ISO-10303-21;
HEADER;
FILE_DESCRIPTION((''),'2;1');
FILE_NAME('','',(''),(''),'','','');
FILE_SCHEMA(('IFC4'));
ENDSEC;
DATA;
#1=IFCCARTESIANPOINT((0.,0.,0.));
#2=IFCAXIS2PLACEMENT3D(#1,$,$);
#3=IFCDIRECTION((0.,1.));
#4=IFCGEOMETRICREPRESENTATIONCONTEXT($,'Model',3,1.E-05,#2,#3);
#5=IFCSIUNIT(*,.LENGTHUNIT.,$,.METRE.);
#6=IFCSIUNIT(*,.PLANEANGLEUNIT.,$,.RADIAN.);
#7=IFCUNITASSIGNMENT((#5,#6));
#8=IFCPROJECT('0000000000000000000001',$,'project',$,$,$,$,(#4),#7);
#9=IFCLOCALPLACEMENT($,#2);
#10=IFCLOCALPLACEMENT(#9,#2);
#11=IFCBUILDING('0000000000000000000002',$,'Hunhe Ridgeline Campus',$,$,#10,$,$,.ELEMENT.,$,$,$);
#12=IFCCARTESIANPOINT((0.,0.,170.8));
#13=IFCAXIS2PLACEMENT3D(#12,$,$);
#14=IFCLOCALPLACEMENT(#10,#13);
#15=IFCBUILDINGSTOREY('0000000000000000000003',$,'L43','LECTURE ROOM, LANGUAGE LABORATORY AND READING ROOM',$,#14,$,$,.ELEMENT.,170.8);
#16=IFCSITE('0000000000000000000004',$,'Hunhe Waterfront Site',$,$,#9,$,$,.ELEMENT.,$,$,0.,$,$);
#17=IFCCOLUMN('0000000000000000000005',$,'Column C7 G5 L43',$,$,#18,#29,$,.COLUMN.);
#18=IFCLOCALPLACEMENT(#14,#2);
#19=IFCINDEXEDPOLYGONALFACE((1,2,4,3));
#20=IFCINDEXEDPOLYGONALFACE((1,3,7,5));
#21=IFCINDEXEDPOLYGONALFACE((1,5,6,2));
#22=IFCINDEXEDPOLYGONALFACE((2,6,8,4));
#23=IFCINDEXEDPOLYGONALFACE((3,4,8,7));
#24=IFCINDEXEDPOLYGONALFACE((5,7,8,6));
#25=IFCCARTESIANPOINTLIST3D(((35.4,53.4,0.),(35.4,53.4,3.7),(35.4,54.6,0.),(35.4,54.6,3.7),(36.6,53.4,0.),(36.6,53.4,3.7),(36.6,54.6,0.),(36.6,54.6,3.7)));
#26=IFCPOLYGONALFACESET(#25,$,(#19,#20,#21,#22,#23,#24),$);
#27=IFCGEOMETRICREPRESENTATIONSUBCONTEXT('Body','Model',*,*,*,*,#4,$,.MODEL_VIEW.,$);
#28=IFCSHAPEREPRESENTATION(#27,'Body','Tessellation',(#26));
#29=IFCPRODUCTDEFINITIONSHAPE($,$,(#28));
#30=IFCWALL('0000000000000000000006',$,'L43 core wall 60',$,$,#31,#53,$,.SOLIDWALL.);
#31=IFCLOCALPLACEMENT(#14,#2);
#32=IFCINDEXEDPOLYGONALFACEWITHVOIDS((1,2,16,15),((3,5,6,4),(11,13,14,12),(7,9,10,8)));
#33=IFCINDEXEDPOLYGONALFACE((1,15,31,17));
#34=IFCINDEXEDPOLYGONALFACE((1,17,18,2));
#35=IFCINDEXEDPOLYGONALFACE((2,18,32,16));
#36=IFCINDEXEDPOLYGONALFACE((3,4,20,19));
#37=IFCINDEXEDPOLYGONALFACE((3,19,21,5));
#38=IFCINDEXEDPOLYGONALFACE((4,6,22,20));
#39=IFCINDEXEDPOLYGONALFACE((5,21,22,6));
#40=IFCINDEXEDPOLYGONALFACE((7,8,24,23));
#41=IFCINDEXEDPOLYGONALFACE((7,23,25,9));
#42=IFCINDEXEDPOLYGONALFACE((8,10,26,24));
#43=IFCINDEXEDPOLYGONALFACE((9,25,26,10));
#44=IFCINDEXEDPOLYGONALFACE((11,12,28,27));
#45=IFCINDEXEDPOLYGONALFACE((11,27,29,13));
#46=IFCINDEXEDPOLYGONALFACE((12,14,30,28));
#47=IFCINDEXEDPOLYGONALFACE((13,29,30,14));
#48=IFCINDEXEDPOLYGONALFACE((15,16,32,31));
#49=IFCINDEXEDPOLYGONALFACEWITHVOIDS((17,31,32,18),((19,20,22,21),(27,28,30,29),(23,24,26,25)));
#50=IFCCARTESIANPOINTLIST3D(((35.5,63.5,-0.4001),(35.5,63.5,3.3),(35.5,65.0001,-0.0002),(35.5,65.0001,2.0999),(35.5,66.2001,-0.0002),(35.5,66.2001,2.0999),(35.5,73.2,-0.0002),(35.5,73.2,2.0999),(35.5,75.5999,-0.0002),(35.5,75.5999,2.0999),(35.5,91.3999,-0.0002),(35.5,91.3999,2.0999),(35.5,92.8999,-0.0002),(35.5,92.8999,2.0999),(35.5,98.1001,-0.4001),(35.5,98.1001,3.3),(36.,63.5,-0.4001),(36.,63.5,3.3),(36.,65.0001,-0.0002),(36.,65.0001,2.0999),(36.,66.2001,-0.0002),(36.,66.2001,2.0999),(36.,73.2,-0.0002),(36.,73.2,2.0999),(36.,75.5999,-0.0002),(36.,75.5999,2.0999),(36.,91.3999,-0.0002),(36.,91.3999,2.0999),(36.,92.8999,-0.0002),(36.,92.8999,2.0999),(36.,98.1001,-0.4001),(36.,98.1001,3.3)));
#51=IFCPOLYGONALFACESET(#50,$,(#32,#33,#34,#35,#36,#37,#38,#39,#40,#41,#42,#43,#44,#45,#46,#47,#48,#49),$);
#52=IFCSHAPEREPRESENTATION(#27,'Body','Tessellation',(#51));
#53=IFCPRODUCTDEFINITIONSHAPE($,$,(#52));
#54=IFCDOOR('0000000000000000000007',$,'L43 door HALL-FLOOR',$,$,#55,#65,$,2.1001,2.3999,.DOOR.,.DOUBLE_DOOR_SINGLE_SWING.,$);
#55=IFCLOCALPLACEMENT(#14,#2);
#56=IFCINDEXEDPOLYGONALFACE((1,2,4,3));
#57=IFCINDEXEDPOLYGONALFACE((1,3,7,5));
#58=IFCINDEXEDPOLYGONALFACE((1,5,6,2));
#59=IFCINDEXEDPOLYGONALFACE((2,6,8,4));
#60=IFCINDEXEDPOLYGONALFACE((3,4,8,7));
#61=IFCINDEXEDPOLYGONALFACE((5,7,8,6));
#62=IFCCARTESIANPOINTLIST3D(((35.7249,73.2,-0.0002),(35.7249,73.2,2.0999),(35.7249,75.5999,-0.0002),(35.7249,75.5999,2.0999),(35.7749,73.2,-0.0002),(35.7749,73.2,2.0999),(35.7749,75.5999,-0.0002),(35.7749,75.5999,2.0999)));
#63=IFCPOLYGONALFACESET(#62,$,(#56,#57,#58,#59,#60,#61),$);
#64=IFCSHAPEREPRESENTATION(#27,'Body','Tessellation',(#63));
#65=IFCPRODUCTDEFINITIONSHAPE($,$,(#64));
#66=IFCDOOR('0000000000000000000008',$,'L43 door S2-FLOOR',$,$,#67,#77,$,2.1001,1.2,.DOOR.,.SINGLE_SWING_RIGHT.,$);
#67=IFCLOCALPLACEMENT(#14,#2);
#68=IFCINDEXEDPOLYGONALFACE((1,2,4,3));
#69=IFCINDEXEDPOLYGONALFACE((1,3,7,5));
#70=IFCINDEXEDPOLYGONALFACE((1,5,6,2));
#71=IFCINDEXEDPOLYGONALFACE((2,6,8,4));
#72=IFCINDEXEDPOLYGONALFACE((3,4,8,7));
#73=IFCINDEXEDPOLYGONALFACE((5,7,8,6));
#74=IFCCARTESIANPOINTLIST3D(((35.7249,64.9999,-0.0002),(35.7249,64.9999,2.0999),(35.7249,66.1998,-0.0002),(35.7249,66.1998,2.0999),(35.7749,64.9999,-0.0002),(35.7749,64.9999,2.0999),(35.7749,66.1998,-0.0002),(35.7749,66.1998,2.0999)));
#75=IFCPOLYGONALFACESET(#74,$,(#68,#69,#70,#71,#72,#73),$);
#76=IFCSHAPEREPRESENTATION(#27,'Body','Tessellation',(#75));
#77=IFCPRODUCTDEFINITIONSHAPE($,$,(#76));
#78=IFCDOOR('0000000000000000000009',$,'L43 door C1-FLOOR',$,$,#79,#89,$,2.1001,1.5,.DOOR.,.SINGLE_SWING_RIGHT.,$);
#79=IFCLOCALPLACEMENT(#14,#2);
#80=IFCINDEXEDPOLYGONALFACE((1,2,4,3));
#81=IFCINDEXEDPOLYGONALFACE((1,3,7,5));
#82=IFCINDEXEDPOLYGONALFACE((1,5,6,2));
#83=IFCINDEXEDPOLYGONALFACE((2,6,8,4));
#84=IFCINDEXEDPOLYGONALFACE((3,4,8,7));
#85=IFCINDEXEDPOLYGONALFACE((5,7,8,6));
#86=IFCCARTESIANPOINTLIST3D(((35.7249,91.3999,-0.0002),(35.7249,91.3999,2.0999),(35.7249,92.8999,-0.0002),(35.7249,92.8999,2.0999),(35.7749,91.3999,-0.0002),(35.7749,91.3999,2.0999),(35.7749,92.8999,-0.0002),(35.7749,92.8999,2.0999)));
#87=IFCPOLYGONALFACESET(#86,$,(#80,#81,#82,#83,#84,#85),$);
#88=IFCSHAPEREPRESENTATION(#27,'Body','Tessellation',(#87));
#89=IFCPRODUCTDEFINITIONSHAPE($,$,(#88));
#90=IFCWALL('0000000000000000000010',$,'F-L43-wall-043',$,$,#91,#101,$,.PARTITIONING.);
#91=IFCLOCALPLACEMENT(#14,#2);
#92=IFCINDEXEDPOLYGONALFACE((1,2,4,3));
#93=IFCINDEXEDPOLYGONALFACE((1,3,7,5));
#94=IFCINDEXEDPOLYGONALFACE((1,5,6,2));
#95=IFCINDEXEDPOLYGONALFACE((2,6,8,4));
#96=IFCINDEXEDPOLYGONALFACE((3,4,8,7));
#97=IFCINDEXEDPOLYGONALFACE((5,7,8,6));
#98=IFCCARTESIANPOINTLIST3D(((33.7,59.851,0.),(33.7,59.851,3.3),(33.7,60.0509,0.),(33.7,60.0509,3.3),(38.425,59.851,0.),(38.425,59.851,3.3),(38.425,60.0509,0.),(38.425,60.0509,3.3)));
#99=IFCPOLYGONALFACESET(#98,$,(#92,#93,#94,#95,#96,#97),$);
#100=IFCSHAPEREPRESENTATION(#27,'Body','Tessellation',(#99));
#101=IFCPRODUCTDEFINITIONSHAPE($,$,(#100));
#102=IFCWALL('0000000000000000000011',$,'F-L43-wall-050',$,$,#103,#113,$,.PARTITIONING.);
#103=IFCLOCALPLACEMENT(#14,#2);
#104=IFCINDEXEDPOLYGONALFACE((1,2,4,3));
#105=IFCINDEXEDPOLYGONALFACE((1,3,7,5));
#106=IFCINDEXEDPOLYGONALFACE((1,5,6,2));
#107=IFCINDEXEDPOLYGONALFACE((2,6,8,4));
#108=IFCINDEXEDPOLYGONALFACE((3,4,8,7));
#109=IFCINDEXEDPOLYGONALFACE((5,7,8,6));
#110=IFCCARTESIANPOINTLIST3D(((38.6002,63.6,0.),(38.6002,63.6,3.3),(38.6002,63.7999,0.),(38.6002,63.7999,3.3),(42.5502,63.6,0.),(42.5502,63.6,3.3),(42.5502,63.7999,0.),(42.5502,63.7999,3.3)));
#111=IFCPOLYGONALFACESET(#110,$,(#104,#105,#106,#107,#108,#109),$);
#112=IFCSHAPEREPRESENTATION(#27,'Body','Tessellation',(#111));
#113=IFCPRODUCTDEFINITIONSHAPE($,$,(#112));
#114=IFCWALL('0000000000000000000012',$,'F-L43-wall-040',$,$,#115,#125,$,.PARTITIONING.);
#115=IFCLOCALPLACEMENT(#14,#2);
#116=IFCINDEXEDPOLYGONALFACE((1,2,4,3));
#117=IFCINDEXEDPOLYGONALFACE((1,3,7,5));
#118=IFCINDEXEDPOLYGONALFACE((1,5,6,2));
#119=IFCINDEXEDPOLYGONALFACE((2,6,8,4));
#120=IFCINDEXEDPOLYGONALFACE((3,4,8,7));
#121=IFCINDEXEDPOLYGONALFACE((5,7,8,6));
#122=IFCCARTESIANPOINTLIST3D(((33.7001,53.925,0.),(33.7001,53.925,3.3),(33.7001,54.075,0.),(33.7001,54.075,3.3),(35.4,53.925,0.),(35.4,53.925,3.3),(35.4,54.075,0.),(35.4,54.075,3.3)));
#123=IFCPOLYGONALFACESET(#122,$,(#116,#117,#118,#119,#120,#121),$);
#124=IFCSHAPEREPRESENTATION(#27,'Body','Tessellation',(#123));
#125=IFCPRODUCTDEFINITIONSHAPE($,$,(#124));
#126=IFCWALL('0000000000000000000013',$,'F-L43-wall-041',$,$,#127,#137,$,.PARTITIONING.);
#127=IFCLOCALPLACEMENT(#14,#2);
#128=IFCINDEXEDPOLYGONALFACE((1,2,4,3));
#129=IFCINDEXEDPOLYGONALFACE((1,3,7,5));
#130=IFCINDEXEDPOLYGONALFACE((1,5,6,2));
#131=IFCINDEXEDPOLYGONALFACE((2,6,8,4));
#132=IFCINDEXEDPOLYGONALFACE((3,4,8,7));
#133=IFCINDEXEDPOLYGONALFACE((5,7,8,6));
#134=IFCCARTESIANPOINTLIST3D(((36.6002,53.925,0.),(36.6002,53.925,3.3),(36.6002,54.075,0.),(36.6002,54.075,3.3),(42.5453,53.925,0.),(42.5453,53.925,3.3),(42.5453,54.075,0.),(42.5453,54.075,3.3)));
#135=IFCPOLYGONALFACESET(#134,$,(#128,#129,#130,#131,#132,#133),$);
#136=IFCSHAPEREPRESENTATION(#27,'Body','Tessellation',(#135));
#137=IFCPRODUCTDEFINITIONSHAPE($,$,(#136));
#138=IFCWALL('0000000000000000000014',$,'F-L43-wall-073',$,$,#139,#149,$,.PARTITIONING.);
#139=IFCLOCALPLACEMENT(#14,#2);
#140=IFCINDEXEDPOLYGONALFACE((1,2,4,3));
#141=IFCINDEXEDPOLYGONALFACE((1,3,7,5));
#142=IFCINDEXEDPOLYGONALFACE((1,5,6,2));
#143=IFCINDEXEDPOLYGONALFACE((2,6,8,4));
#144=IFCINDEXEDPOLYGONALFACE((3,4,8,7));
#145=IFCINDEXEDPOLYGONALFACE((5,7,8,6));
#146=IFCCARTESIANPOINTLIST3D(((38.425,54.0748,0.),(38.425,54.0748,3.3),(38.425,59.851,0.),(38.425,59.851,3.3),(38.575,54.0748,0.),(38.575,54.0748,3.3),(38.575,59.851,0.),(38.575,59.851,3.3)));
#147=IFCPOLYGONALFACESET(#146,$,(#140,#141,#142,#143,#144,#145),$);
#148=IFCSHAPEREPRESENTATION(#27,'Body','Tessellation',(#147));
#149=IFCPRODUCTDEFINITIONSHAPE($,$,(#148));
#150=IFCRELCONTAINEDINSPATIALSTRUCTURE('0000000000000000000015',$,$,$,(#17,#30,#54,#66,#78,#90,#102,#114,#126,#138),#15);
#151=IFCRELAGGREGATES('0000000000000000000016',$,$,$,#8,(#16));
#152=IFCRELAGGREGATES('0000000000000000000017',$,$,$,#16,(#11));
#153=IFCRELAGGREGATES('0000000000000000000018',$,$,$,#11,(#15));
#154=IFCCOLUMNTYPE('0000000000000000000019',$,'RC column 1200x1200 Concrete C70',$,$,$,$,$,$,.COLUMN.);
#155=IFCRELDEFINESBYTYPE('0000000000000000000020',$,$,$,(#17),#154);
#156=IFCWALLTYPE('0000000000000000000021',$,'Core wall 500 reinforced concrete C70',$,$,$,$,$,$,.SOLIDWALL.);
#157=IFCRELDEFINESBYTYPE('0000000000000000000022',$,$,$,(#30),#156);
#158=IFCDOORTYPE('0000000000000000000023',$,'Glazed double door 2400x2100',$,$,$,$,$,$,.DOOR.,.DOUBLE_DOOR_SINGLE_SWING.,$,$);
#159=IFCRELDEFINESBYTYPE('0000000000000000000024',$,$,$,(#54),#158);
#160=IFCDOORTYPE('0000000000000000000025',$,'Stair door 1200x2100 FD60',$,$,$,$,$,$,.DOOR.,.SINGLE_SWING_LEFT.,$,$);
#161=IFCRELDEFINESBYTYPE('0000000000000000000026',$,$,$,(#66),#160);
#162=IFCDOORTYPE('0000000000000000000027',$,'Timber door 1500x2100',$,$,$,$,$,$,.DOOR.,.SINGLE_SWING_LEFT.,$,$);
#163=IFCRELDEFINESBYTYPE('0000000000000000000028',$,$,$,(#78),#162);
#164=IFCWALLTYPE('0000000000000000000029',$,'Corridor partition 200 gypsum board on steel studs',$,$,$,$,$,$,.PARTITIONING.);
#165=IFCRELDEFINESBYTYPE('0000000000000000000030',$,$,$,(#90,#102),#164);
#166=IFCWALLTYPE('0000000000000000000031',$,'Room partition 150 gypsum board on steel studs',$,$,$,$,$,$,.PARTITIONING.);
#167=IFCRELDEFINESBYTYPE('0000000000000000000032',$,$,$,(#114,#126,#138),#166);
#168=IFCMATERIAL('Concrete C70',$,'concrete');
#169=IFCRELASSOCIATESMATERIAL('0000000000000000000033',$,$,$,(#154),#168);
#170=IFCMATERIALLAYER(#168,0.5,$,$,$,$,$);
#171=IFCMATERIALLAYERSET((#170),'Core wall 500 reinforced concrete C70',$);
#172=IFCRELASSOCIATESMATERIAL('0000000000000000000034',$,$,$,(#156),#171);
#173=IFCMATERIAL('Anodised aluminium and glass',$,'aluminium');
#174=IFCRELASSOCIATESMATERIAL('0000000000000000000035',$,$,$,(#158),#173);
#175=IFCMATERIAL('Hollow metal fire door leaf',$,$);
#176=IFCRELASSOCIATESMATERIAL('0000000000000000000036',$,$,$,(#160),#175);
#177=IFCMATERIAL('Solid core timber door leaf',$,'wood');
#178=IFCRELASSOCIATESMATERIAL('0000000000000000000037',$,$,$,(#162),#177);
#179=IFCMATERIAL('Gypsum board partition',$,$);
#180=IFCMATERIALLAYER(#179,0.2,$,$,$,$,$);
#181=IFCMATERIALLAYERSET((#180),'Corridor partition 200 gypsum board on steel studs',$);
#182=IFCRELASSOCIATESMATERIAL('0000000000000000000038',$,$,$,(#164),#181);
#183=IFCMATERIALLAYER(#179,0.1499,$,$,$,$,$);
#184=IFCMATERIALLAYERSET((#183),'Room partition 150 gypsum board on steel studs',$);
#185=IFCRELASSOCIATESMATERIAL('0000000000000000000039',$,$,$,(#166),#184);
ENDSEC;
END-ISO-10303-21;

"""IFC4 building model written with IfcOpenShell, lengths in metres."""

from ifc_helpers import new_model, si_unit, direction, frame, frame_2d, origin, origin_2d, place, context, subcontext, project, spatial, rectangle, extrude, material, layer, layer_set, material_profile, profile_set, type_object, element, fill, save


model = new_model("IFC4")

# Units and contexts
model_context = context("Model", 3, precision=1e-05, world=origin(), true_north=direction((0.0, 1.0)))
body_context = subcontext(model_context, "Body", "Model", "MODEL_VIEW")
ifc_project = project(units=[si_unit("LENGTHUNIT", "METRE"), si_unit("PLANEANGLEUNIT", "RADIAN")], contexts=[model_context])

# Site, building, storey
site_placement = place(None, origin())
site = spatial("IfcSite", under=ifc_project, at=site_placement, Name="Hunhe Waterfront Site", CompositionType="ELEMENT", RefElevation=0.0)
building_placement = place(site_placement, origin())
building = spatial("IfcBuilding", under=site, at=building_placement, Name="Hunhe Ridgeline Campus", CompositionType="ELEMENT")
storey_placement = place(building_placement, frame((0.0, 0.0, 170.8)))
storey = spatial("IfcBuildingStorey", under=building, at=storey_placement, Name="L43", Description="LECTURE ROOM, LANGUAGE LABORATORY AND READING ROOM", CompositionType="ELEMENT", Elevation=170.8)

# Column
ifc_material_1 = material(Name="Concrete C70", Category="concrete")
ifc_material_profile = material_profile(ifc_material_1, rectangle(XDim=1.2, YDim=1.2, at=origin_2d()))
ifc_profile_set = profile_set([ifc_material_profile], Name="Concrete C70")
column_type = type_object("IfcColumnType", Name="RC column 1200x1200 Concrete C70", PredefinedType="COLUMN", material=ifc_profile_set)
column_placement = place(storey_placement, frame((36.0, 54.0, 0.0), z_axis=(0.0, 0.0, 1.0), x_axis=(1.0, 0.0, 0.0)))
element("IfcColumn", 1, at=column_placement, inside=storey, type_object=column_type, Name="Column C7 G5 L43", PredefinedType="COLUMN", context=body_context, shape_type="SweptSolid", body=[
    extrude(rectangle(XDim=1.2, YDim=1.2, at=origin_2d()), origin(), (0.0, 0.0, 1.0), 3.7),
])

# Wall, openings, doors
ifc_layer_1 = layer(ifc_material_1, 0.5)
ifc_layer_set_1 = layer_set([ifc_layer_1], Name="Core wall 500 reinforced concrete C70")
wall_type_1 = type_object("IfcWallType", Name="Core wall 500 reinforced concrete C70", PredefinedType="SOLIDWALL", material=ifc_layer_set_1)
wall_1_placement = place(storey_placement, frame((35.75, 63.5, -0.4001), z_axis=(0.0, 0.0, 1.0), x_axis=(0.0, 1.0, 0.0)))
wall_1 = element("IfcWall", 2, at=wall_1_placement, inside=storey, type_object=wall_type_1, Name="L43 core wall 60", PredefinedType="SOLIDWALL", context=body_context, shape_type="SweptSolid", body=[
    extrude(rectangle(XDim=34.6001, YDim=0.5, at=frame_2d((17.3, 0.0))), origin(), (0.0, 0.0, 1.0), 3.7002),
])
opening_1_placement = place(wall_1_placement, frame((9.7, 0.0, 0.3999)))
opening_1 = element("IfcOpeningElement", 3, at=opening_1_placement, cuts=wall_1, PredefinedType="OPENING", context=body_context, shape_type="SweptSolid", body=[
    extrude(rectangle(XDim=2.3999, YDim=2.1001, at=frame_2d((1.2, 1.05))), frame((0.0, 0.25, 0.0), z_axis=(0.0, -1.0, 0.0), x_axis=(1.0, 0.0, 0.0)), (0.0, 0.0, 1.0), 0.5),
])
opening_2_placement = place(wall_1_placement, frame((27.8999, 0.0, 0.3999)))
opening_2 = element("IfcOpeningElement", 4, at=opening_2_placement, cuts=wall_1, PredefinedType="OPENING", context=body_context, shape_type="SweptSolid", body=[
    extrude(rectangle(XDim=1.5, YDim=2.1001, at=frame_2d((0.75, 1.05))), frame((0.0, 0.25, 0.0), z_axis=(0.0, -1.0, 0.0), x_axis=(1.0, 0.0, 0.0)), (0.0, 0.0, 1.0), 0.5),
])
opening_3_placement = place(wall_1_placement, frame((1.5, 0.0, 0.3999)))
opening_3 = element("IfcOpeningElement", 5, at=opening_3_placement, cuts=wall_1, PredefinedType="OPENING", context=body_context, shape_type="SweptSolid", body=[
    extrude(rectangle(XDim=1.2, YDim=2.1001, at=frame_2d((0.6001, 1.05))), frame((0.0, 0.25, 0.0), z_axis=(0.0, -1.0, 0.0), x_axis=(1.0, 0.0, 0.0)), (0.0, 0.0, 1.0), 0.5),
])
ifc_material_2 = material(Name="Anodised aluminium and glass", Category="aluminium")
door_type_1 = type_object("IfcDoorType", Name="Glazed double door 2400x2100", OperationType="DOUBLE_DOOR_SINGLE_SWING", PredefinedType="DOOR", material=ifc_material_2)
door_1_placement = place(opening_1_placement, frame((2.3999, 0.0, 0.0), z_axis=(0.0, 0.0, 1.0), x_axis=(-1.0, 0.0, 0.0)))
door_1 = element("IfcDoor", 6, at=door_1_placement, inside=storey, type_object=door_type_1, Name="L43 door HALL-FLOOR", OperationType="DOUBLE_DOOR_SINGLE_SWING", OverallHeight=2.1001, OverallWidth=2.3999, PredefinedType="DOOR", context=body_context, shape_type="SweptSolid", body=[
    extrude(rectangle(XDim=2.3999, YDim=2.1001, at=frame_2d((1.2, 1.05))), frame((0.0, 0.0249, 0.0), z_axis=(0.0, -1.0, 0.0), x_axis=(1.0, 0.0, 0.0)), (0.0, 0.0, 1.0), 0.05),
])
fill(opening_1, door_1)
ifc_material_3 = material(Name="Hollow metal fire door leaf")
door_type_2 = type_object("IfcDoorType", Name="Stair door 1200x2100 FD60", OperationType="SINGLE_SWING_LEFT", PredefinedType="DOOR", material=ifc_material_3)
door_2_placement = place(opening_3_placement, frame((1.2, 0.0, 0.0), z_axis=(0.0, 0.0, 1.0), x_axis=(-1.0, 0.0, 0.0)))
door_2 = element("IfcDoor", 7, at=door_2_placement, inside=storey, type_object=door_type_2, Name="L43 door S2-FLOOR", OperationType="SINGLE_SWING_RIGHT", OverallHeight=2.1001, OverallWidth=1.2, PredefinedType="DOOR", context=body_context, shape_type="SweptSolid", body=[
    extrude(rectangle(XDim=1.2, YDim=2.1001, at=frame_2d((0.6001, 1.05))), frame((0.0, 0.0249, 0.0), z_axis=(0.0, -1.0, 0.0), x_axis=(1.0, 0.0, 0.0)), (0.0, 0.0, 1.0), 0.05),
])
fill(opening_3, door_2)
ifc_material_4 = material(Name="Solid core timber door leaf", Category="wood")
door_type_3 = type_object("IfcDoorType", Name="Timber door 1500x2100", OperationType="SINGLE_SWING_LEFT", PredefinedType="DOOR", material=ifc_material_4)
door_3_placement = place(opening_2_placement, frame((1.5, 0.0, 0.0), z_axis=(0.0, 0.0, 1.0), x_axis=(-1.0, 0.0, 0.0)))
door_3 = element("IfcDoor", 8, at=door_3_placement, inside=storey, type_object=door_type_3, Name="L43 door C1-FLOOR", OperationType="SINGLE_SWING_RIGHT", OverallHeight=2.1001, OverallWidth=1.5, PredefinedType="DOOR", context=body_context, shape_type="SweptSolid", body=[
    extrude(rectangle(XDim=1.5, YDim=2.1001, at=frame_2d((0.75, 1.05))), frame((0.0, 0.0249, 0.0), z_axis=(0.0, -1.0, 0.0), x_axis=(1.0, 0.0, 0.0)), (0.0, 0.0, 1.0), 0.05),
])
fill(opening_2, door_3)

# Wall
ifc_material_5 = material(Name="Gypsum board partition")
ifc_layer_2 = layer(ifc_material_5, 0.2)
ifc_layer_set_2 = layer_set([ifc_layer_2], Name="Corridor partition 200 gypsum board on steel studs")
wall_type_2 = type_object("IfcWallType", Name="Corridor partition 200 gypsum board on steel studs", PredefinedType="PARTITIONING", material=ifc_layer_set_2)
wall_2_placement = place(storey_placement, frame((38.425, 59.9509, 0.0), z_axis=(0.0, 0.0, 1.0), x_axis=(-1.0, 0.0, 0.0)))
element("IfcWall", 9, at=wall_2_placement, inside=storey, type_object=wall_type_2, Name="F-L43-wall-043", PredefinedType="PARTITIONING", context=body_context, shape_type="SweptSolid", body=[
    extrude(rectangle(XDim=4.7251, YDim=0.2, at=frame_2d((2.3625, 0.0))), origin(), (0.0, 0.0, 1.0), 3.3),
])

# Wall
wall_3_placement = place(storey_placement, frame((38.6001, 63.7, 0.0), z_axis=(0.0, 0.0, 1.0), x_axis=(1.0, 0.0, 0.0)))
element("IfcWall", 10, at=wall_3_placement, inside=storey, type_object=wall_type_2, Name="F-L43-wall-050", PredefinedType="PARTITIONING", context=body_context, shape_type="SweptSolid", body=[
    extrude(rectangle(XDim=3.95, YDim=0.2, at=frame_2d((1.9751, 0.0))), origin(), (0.0, 0.0, 1.0), 3.3),
])

# Walls
ifc_layer_3 = layer(ifc_material_5, 0.1499)
ifc_layer_set_3 = layer_set([ifc_layer_3], Name="Room partition 150 gypsum board on steel studs")
wall_type_3 = type_object("IfcWallType", Name="Room partition 150 gypsum board on steel studs", PredefinedType="PARTITIONING", material=ifc_layer_set_3)
wall_4_placement = place(storey_placement, frame((33.7, 54.0, 0.0), z_axis=(0.0, 0.0, 1.0), x_axis=(1.0, 0.0, 0.0)))
element("IfcWall", 11, at=wall_4_placement, inside=storey, type_object=wall_type_3, Name="F-L43-wall-040", PredefinedType="PARTITIONING", context=body_context, shape_type="SweptSolid", body=[
    extrude(rectangle(XDim=1.7, YDim=0.1499, at=frame_2d((0.8501, 0.0))), origin(), (0.0, 0.0, 1.0), 3.3),
])
wall_5_placement = place(storey_placement, frame((36.6001, 54.0, 0.0), z_axis=(0.0, 0.0, 1.0), x_axis=(1.0, 0.0, 0.0)))
element("IfcWall", 12, at=wall_5_placement, inside=storey, type_object=wall_type_3, Name="F-L43-wall-041", PredefinedType="PARTITIONING", context=body_context, shape_type="SweptSolid", body=[
    extrude(rectangle(XDim=5.9451, YDim=0.1499, at=frame_2d((2.9727, 0.0))), origin(), (0.0, 0.0, 1.0), 3.3),
])
wall_6_placement = place(storey_placement, frame((38.5, 59.8511, 0.0), z_axis=(0.0, 0.0, 1.0), x_axis=(0.0, -1.0, 0.0)))
element("IfcWall", 13, at=wall_6_placement, inside=storey, type_object=wall_type_3, Name="F-L43-wall-073", PredefinedType="PARTITIONING", context=body_context, shape_type="SweptSolid", body=[
    extrude(rectangle(XDim=5.7761, YDim=0.1499, at=frame_2d((2.8882, 0.0))), origin(), (0.0, 0.0, 1.0), 3.3),
])

save(model, "model.ifc")
